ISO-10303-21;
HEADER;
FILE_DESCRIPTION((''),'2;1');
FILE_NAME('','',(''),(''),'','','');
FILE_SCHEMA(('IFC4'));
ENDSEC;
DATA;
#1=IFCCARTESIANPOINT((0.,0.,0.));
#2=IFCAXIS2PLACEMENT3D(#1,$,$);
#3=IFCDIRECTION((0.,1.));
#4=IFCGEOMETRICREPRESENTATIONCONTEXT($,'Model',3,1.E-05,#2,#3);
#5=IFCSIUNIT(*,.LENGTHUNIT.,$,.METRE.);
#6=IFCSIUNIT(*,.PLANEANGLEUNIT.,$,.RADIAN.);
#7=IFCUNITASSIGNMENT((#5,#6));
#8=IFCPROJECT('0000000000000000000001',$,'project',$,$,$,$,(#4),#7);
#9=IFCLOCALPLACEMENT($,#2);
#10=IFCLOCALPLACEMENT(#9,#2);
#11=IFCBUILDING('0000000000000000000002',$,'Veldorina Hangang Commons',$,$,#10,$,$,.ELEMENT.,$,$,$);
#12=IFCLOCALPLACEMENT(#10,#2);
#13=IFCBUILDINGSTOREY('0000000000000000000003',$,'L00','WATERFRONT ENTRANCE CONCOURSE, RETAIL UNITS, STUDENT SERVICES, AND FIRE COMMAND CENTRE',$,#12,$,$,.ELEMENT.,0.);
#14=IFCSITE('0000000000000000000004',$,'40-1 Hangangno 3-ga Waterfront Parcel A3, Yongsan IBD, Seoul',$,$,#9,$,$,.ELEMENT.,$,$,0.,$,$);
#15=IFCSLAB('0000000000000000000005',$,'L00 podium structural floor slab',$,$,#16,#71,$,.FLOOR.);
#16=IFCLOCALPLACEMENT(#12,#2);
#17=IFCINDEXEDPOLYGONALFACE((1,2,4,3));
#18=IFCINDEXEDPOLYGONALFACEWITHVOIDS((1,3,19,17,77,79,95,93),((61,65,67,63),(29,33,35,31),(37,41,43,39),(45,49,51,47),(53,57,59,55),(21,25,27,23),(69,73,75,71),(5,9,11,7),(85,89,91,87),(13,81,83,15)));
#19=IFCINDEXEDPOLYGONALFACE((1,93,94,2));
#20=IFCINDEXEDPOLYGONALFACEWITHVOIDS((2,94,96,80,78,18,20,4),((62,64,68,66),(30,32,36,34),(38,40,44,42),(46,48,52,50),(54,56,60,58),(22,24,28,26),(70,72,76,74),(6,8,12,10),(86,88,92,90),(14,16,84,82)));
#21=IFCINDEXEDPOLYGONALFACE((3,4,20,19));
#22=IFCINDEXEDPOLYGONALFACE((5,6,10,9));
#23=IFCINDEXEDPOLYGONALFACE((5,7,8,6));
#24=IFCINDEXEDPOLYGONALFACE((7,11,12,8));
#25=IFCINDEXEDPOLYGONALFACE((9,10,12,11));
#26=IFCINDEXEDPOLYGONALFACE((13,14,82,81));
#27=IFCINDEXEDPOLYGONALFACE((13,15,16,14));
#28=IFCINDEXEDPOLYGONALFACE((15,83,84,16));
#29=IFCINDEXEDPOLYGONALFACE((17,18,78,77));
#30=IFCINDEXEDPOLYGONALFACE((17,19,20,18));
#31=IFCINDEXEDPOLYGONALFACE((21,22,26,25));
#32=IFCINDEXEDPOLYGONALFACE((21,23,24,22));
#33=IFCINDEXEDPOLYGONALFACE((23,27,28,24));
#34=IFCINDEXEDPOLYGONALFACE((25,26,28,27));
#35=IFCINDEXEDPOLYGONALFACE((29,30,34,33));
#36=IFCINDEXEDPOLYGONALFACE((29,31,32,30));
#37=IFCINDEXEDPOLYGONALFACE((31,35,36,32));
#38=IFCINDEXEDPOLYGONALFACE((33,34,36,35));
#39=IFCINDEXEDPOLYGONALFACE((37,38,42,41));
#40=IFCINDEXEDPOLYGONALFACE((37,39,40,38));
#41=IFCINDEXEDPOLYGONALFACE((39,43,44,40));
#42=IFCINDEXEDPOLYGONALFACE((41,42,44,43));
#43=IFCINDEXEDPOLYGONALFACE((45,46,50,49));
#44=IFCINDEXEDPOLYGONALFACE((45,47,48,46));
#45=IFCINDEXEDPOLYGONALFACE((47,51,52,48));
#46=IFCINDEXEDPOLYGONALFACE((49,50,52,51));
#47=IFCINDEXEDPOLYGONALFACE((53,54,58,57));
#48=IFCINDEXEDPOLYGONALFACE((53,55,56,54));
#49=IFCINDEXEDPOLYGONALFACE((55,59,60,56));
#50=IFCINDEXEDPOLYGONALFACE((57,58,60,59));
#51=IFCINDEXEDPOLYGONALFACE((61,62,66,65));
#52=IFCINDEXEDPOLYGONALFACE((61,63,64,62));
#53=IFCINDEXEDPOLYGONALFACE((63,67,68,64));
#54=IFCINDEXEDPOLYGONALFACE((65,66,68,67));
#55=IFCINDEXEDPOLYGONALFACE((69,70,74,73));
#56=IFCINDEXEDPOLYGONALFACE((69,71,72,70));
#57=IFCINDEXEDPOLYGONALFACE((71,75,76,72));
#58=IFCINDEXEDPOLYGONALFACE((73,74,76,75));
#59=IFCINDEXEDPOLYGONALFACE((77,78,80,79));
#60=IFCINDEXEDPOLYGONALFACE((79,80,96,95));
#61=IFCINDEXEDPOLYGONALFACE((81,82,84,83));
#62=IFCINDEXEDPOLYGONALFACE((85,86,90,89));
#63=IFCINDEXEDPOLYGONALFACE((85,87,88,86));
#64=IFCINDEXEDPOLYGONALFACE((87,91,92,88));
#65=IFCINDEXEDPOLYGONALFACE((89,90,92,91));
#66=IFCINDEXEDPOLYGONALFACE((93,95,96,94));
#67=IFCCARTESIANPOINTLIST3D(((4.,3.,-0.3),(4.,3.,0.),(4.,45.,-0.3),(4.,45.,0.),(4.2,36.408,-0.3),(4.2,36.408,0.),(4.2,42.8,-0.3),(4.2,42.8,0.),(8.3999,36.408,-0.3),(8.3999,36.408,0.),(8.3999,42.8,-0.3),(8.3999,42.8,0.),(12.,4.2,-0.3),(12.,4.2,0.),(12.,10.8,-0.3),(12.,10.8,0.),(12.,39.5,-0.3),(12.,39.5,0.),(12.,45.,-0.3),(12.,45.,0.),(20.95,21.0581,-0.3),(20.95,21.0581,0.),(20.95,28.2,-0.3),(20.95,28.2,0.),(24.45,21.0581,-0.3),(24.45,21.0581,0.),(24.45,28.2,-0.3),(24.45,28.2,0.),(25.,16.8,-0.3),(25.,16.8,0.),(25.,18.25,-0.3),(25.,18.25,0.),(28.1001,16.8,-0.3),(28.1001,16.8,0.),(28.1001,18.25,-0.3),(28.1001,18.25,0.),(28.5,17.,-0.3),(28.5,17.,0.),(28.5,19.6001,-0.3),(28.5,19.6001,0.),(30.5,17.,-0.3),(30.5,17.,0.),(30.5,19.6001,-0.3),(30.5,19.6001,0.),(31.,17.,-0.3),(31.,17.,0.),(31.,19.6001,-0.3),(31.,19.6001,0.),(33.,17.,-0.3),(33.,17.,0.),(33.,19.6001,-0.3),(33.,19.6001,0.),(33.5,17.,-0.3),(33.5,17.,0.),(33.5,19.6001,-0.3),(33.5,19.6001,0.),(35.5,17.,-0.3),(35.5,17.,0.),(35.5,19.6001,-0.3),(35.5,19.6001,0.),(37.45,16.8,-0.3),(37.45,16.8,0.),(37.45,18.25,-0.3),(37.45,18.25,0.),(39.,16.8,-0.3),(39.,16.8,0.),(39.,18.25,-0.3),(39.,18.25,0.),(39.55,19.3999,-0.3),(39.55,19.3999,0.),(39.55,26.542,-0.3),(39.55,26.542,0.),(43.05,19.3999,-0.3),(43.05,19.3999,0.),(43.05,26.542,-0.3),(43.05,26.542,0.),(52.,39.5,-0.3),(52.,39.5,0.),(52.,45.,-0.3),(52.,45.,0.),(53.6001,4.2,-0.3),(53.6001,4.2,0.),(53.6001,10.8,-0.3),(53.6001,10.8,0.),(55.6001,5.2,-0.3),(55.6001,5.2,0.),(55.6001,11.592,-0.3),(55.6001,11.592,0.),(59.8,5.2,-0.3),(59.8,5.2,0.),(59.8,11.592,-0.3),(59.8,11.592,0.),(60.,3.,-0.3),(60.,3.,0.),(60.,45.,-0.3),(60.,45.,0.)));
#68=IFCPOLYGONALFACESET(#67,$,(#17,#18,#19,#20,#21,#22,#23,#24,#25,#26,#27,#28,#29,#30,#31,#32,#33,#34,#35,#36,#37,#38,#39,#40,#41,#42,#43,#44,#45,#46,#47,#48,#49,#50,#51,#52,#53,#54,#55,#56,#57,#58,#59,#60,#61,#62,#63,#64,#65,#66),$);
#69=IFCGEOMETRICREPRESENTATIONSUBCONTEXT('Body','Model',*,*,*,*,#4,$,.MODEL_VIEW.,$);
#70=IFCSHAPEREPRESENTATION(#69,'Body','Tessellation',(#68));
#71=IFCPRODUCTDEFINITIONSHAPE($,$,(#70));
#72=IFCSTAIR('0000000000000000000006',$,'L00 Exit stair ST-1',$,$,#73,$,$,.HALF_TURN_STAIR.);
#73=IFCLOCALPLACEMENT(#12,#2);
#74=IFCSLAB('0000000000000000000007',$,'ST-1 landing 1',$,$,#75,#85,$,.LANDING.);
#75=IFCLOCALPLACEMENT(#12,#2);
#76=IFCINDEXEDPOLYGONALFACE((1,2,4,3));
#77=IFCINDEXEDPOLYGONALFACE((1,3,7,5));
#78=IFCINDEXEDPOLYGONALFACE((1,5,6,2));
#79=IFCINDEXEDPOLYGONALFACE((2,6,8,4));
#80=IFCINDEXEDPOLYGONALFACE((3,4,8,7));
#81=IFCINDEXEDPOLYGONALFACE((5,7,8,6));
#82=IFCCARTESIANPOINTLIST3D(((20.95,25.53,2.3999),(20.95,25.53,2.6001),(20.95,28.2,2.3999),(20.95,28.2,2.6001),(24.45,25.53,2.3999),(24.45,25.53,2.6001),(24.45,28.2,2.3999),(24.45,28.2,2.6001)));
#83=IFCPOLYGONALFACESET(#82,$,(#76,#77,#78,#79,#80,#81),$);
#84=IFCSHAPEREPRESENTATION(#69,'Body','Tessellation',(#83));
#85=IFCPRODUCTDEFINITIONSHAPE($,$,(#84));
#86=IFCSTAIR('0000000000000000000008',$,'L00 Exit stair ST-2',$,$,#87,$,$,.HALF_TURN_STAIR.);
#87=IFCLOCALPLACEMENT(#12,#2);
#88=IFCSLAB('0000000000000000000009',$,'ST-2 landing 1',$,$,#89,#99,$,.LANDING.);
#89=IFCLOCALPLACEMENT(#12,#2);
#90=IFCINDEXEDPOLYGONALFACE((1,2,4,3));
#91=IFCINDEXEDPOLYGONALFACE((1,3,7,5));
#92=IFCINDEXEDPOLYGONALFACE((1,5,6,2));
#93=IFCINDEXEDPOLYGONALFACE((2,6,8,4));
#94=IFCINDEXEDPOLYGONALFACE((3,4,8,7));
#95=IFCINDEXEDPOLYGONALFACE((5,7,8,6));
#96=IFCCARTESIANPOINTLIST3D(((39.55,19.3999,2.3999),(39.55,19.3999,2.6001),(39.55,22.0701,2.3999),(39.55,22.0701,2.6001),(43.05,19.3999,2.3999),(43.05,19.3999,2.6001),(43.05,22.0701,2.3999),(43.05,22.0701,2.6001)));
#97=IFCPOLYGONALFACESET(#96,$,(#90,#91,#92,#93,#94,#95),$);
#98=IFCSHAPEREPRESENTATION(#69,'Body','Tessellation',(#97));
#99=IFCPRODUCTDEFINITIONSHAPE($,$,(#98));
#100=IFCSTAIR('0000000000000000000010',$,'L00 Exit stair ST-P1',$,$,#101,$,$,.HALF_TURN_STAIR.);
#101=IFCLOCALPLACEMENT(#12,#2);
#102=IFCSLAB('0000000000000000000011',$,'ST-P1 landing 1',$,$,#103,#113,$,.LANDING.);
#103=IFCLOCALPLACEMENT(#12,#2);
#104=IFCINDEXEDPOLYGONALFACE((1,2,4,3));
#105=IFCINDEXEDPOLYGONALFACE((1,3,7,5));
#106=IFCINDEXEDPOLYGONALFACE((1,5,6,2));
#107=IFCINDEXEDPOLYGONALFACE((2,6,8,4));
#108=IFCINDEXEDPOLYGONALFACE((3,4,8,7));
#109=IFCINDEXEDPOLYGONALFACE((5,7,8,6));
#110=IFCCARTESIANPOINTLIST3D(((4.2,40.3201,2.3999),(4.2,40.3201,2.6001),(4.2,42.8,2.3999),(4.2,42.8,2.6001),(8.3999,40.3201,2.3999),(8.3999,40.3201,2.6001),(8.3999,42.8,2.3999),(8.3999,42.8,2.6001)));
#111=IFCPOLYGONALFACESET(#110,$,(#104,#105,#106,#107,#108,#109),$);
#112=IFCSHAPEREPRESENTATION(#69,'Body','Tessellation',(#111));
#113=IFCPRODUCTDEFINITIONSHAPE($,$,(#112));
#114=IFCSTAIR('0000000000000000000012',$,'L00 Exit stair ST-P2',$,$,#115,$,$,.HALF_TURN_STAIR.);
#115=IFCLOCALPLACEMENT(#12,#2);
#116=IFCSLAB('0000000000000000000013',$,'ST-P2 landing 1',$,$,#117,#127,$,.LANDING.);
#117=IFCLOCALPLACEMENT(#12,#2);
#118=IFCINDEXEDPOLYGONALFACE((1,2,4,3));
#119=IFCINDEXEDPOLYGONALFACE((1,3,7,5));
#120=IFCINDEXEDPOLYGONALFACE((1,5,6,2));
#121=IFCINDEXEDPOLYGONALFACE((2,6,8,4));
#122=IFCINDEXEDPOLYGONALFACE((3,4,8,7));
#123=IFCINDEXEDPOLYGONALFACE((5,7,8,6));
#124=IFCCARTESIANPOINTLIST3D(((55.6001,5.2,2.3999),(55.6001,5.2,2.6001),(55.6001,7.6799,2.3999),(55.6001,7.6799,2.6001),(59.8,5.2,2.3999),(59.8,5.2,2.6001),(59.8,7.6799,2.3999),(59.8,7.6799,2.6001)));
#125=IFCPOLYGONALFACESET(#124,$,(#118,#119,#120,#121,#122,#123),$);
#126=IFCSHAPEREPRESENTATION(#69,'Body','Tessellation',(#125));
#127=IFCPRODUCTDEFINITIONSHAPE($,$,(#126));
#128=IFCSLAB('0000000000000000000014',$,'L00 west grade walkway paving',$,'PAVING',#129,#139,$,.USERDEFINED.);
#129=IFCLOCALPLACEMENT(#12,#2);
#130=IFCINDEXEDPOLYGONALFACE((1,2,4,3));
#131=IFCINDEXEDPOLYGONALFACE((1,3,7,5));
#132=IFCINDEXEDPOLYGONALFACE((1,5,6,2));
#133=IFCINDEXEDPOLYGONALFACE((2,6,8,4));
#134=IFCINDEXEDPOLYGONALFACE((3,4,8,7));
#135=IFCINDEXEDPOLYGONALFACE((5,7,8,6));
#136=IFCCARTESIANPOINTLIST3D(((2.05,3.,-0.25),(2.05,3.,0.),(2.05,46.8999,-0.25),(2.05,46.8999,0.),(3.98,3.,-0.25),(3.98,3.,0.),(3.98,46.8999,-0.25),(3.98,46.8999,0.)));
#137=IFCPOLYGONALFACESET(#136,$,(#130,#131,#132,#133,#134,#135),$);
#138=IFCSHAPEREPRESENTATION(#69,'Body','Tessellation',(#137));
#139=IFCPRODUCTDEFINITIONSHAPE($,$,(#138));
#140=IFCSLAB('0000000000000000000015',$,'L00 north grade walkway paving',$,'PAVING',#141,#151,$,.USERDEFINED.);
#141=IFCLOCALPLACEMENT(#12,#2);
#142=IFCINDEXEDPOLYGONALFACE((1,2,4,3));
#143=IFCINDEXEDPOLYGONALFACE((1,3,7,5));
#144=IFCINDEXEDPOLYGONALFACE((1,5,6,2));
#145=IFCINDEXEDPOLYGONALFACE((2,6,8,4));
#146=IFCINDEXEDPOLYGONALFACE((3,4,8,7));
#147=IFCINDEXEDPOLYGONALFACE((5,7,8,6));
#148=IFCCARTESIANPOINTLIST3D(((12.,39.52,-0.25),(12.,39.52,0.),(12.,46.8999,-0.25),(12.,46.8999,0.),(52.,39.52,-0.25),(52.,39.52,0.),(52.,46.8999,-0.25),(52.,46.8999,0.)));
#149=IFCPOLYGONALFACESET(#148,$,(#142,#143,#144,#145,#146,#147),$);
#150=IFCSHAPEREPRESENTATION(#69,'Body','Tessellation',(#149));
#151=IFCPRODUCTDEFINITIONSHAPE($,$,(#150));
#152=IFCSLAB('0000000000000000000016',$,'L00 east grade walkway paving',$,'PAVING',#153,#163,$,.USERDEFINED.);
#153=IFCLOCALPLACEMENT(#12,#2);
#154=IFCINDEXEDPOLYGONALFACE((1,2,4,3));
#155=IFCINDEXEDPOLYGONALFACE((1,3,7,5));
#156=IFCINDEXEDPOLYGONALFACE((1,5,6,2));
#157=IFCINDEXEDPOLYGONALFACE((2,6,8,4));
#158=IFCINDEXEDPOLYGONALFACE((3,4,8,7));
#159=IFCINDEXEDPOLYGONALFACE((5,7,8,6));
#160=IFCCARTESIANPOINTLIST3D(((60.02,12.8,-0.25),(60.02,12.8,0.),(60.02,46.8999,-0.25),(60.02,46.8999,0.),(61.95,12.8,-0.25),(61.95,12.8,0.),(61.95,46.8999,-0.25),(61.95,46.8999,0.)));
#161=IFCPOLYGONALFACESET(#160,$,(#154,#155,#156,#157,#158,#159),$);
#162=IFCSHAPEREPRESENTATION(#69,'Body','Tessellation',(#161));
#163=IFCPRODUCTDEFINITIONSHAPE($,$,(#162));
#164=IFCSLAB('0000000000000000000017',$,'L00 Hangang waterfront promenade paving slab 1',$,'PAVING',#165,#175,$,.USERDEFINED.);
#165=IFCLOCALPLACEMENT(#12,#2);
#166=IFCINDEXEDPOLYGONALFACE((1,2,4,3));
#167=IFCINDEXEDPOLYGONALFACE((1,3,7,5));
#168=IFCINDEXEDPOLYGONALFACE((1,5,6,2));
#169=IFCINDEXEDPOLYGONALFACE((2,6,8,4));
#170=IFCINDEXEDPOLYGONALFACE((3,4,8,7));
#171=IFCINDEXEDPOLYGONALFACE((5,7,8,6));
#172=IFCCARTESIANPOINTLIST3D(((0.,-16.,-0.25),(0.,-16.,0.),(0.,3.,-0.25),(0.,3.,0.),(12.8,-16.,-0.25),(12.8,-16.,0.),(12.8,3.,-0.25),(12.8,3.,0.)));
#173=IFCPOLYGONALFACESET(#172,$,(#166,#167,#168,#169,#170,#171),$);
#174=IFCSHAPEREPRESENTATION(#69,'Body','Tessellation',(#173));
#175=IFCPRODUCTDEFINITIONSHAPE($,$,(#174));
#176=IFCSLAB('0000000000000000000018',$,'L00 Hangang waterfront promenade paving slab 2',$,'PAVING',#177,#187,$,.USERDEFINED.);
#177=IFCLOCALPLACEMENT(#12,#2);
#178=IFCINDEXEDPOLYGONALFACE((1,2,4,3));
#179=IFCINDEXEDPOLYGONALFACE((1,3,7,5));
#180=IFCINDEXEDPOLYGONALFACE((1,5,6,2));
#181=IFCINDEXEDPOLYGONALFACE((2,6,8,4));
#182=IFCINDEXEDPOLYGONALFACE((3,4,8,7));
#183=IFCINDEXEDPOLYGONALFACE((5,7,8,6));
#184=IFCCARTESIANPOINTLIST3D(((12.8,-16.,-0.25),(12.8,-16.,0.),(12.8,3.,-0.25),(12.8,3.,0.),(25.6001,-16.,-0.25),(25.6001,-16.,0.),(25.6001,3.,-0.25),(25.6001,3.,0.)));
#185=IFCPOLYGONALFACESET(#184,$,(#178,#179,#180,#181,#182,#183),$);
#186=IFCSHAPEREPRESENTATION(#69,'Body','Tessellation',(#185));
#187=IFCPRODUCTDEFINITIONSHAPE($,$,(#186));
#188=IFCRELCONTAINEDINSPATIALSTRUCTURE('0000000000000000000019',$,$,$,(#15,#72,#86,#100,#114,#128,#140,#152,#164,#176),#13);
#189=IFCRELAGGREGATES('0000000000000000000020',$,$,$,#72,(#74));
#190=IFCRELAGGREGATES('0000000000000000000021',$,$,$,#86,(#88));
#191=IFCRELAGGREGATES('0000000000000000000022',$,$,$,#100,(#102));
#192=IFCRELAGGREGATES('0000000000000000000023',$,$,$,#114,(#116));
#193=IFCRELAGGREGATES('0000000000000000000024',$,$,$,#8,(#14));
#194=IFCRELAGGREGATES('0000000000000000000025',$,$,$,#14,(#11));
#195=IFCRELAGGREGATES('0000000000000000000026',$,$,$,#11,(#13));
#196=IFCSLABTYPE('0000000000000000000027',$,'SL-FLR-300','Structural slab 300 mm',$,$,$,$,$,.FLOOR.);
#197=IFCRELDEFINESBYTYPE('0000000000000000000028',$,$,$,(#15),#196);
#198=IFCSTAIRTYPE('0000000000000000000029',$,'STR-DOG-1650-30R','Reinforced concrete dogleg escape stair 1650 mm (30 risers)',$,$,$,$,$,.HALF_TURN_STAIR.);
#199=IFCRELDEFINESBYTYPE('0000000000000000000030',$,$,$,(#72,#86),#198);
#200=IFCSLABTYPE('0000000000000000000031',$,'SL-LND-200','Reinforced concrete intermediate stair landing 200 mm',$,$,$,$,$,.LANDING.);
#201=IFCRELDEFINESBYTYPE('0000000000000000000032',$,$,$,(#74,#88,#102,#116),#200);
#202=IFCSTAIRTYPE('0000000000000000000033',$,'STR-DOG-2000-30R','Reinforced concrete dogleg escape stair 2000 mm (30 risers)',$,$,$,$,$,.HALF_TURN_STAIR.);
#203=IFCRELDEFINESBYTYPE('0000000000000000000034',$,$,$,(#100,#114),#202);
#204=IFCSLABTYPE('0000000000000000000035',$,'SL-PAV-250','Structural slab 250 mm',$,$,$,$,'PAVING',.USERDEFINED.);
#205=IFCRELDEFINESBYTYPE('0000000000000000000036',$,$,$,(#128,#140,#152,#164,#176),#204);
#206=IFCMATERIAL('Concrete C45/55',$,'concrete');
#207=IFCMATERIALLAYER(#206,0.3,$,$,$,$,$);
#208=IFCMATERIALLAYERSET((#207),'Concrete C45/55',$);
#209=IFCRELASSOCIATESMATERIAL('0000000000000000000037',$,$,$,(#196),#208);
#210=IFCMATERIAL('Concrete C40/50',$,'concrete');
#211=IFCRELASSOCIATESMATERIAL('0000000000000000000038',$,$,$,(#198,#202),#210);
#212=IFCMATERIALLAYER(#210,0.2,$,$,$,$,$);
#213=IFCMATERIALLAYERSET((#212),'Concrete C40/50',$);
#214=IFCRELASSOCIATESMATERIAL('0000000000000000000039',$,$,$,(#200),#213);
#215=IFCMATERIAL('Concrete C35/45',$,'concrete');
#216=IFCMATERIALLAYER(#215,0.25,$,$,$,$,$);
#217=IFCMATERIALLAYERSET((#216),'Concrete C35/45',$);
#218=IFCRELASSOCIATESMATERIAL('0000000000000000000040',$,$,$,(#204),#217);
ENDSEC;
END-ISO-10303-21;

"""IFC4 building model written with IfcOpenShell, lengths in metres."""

from ifc_helpers import new_model, si_unit, direction, frame, origin, place, context, subcontext, project, spatial, polyline, outline, extrude, material, layer, layer_set, type_object, element, aggregate, save


model = new_model("IFC4")

# Units and contexts
model_context = context("Model", 3, precision=1e-05, world=origin(), true_north=direction((0.0, 1.0)))
body_context = subcontext(model_context, "Body", "Model", "MODEL_VIEW")
ifc_project = project(units=[si_unit("LENGTHUNIT", "METRE"), si_unit("PLANEANGLEUNIT", "RADIAN")], contexts=[model_context])

# Site, building, storey
site_placement = place(None, origin())
site = spatial("IfcSite", under=ifc_project, at=site_placement, Name="40-1 Hangangno 3-ga Waterfront Parcel A3, Yongsan IBD, Seoul", CompositionType="ELEMENT", RefElevation=0.0)
building_placement = place(site_placement, origin())
building = spatial("IfcBuilding", under=site, at=building_placement, Name="Veldorina Hangang Commons", CompositionType="ELEMENT")
storey_placement = place(building_placement, origin())
storey = spatial("IfcBuildingStorey", under=building, at=storey_placement, Name="L00", Description="WATERFRONT ENTRANCE CONCOURSE, RETAIL UNITS, STUDENT SERVICES, AND FIRE COMMAND CENTRE", CompositionType="ELEMENT", Elevation=0.0)

# Slab
ifc_material_1 = material(Name="Concrete C45/55", Category="concrete")
ifc_layer_1 = layer(ifc_material_1, 0.3)
ifc_layer_set_1 = layer_set([ifc_layer_1], Name="Concrete C45/55")
slab_type_1 = type_object("IfcSlabType", Name="SL-FLR-300", Description="Structural slab 300 mm", PredefinedType="FLOOR", material=ifc_layer_set_1)
slab_1_placement = place(storey_placement, frame((0.0, 0.0, -0.3)))
element("IfcSlab", 1, at=slab_1_placement, inside=storey, type_object=slab_type_1, Name="L00 podium structural floor slab", PredefinedType="FLOOR", context=body_context, shape_type="SweptSolid", body=[
    extrude(outline(polyline([(4.0, 3.0), (60.0, 3.0), (60.0, 45.0), (52.0, 45.0), (52.0, 39.5), (12.0, 39.5), (12.0, 45.0), (4.0, 45.0), (4.0, 3.0)]), holes=[polyline([(20.95, 21.0581), (20.95, 28.2), (24.45, 28.2), (24.45, 21.0581), (20.95, 21.0581)]), polyline([(43.05, 26.542), (43.05, 19.3999), (39.55, 19.3999), (39.55, 26.542), (43.05, 26.542)]), polyline([(4.2, 36.408), (4.2, 42.8), (8.3999, 42.8), (8.3999, 36.408), (4.2, 36.408)]), polyline([(59.8, 11.592), (59.8, 5.2), (55.6001, 5.2), (55.6001, 11.592), (59.8, 11.592)]), polyline([(28.5, 19.6001), (30.5, 19.6001), (30.5, 17.0), (28.5, 17.0), (28.5, 19.6001)]), polyline([(31.0, 19.6001), (33.0, 19.6001), (33.0, 17.0), (31.0, 17.0), (31.0, 19.6001)]), polyline([(33.5, 19.6001), (35.5, 19.6001), (35.5, 17.0), (33.5, 17.0), (33.5, 19.6001)]), polyline([(25.0, 18.25), (28.1001, 18.25), (28.1001, 16.8), (25.0, 16.8), (25.0, 18.25)]), polyline([(37.45, 18.25), (39.0, 18.25), (39.0, 16.8), (37.45, 16.8), (37.45, 18.25)]), polyline([(12.0, 10.8), (53.6001, 10.8), (53.6001, 4.2), (12.0, 4.2), (12.0, 10.8)])]), origin(), (0.0, 0.0, 1.0), 0.3),
])

# Stairs, slabs
ifc_material_2 = material(Name="Concrete C40/50", Category="concrete")
stair_type_1 = type_object("IfcStairType", Name="STR-DOG-1650-30R", Description="Reinforced concrete dogleg escape stair 1650 mm (30 risers)", PredefinedType="HALF_TURN_STAIR", material=ifc_material_2)
stair_1_placement = place(storey_placement, origin())
stair_1 = element("IfcStair", 2, at=stair_1_placement, inside=storey, type_object=stair_type_1, Name="L00 Exit stair ST-1", PredefinedType="HALF_TURN_STAIR")
ifc_layer_2 = layer(ifc_material_2, 0.2)
ifc_layer_set_2 = layer_set([ifc_layer_2], Name="Concrete C40/50")
slab_type_2 = type_object("IfcSlabType", Name="SL-LND-200", Description="Reinforced concrete intermediate stair landing 200 mm", PredefinedType="LANDING", material=ifc_layer_set_2)
slab_2_placement = place(storey_placement, frame((0.0, 0.0, 2.3999)))
slab_2 = element("IfcSlab", 3, at=slab_2_placement, type_object=slab_type_2, Name="ST-1 landing 1", PredefinedType="LANDING", context=body_context, shape_type="SweptSolid", body=[
    extrude(outline(polyline([(24.45, 25.53), (24.45, 28.2), (20.95, 28.2), (20.95, 25.53), (24.45, 25.53)])), origin(), (0.0, 0.0, 1.0), 0.2002),
])
aggregate(stair_1, [slab_2])
stair_2_placement = place(storey_placement, origin())
stair_2 = element("IfcStair", 4, at=stair_2_placement, inside=storey, type_object=stair_type_1, Name="L00 Exit stair ST-2", PredefinedType="HALF_TURN_STAIR")
slab_3_placement = place(storey_placement, frame((0.0, 0.0, 2.3999)))
slab_3 = element("IfcSlab", 5, at=slab_3_placement, type_object=slab_type_2, Name="ST-2 landing 1", PredefinedType="LANDING", context=body_context, shape_type="SweptSolid", body=[
    extrude(outline(polyline([(39.55, 22.0701), (39.55, 19.3999), (43.05, 19.3999), (43.05, 22.0701), (39.55, 22.0701)])), origin(), (0.0, 0.0, 1.0), 0.2002),
])
aggregate(stair_2, [slab_3])
stair_type_2 = type_object("IfcStairType", Name="STR-DOG-2000-30R", Description="Reinforced concrete dogleg escape stair 2000 mm (30 risers)", PredefinedType="HALF_TURN_STAIR", material=ifc_material_2)
stair_3_placement = place(storey_placement, origin())
stair_3 = element("IfcStair", 6, at=stair_3_placement, inside=storey, type_object=stair_type_2, Name="L00 Exit stair ST-P1", PredefinedType="HALF_TURN_STAIR")
slab_4_placement = place(storey_placement, frame((0.0, 0.0, 2.3999)))
slab_4 = element("IfcSlab", 7, at=slab_4_placement, type_object=slab_type_2, Name="ST-P1 landing 1", PredefinedType="LANDING", context=body_context, shape_type="SweptSolid", body=[
    extrude(outline(polyline([(8.3999, 40.3201), (8.3999, 42.8), (4.2, 42.8), (4.2, 40.3201), (8.3999, 40.3201)])), origin(), (0.0, 0.0, 1.0), 0.2002),
])
aggregate(stair_3, [slab_4])
stair_4_placement = place(storey_placement, origin())
stair_4 = element("IfcStair", 8, at=stair_4_placement, inside=storey, type_object=stair_type_2, Name="L00 Exit stair ST-P2", PredefinedType="HALF_TURN_STAIR")
slab_5_placement = place(storey_placement, frame((0.0, 0.0, 2.3999)))
slab_5 = element("IfcSlab", 9, at=slab_5_placement, type_object=slab_type_2, Name="ST-P2 landing 1", PredefinedType="LANDING", context=body_context, shape_type="SweptSolid", body=[
    extrude(outline(polyline([(55.6001, 7.6799), (55.6001, 5.2), (59.8, 5.2), (59.8, 7.6799), (55.6001, 7.6799)])), origin(), (0.0, 0.0, 1.0), 0.2002),
])
aggregate(stair_4, [slab_5])

# Slabs
ifc_material_3 = material(Name="Concrete C35/45", Category="concrete")
ifc_layer_3 = layer(ifc_material_3, 0.25)
ifc_layer_set_3 = layer_set([ifc_layer_3], Name="Concrete C35/45")
slab_type_3 = type_object("IfcSlabType", Name="SL-PAV-250", Description="Structural slab 250 mm", ElementType="PAVING", PredefinedType="USERDEFINED", material=ifc_layer_set_3)
slab_6_placement = place(storey_placement, frame((0.0, 0.0, -0.25)))
element("IfcSlab", 10, at=slab_6_placement, inside=storey, type_object=slab_type_3, Name="L00 west grade walkway paving", ObjectType="PAVING", PredefinedType="USERDEFINED", context=body_context, shape_type="SweptSolid", body=[
    extrude(outline(polyline([(2.05, 3.0), (3.98, 3.0), (3.98, 46.8999), (2.05, 46.8999), (2.05, 3.0)])), origin(), (0.0, 0.0, 1.0), 0.25),
])
slab_7_placement = place(storey_placement, frame((0.0, 0.0, -0.25)))
element("IfcSlab", 11, at=slab_7_placement, inside=storey, type_object=slab_type_3, Name="L00 north grade walkway paving", ObjectType="PAVING", PredefinedType="USERDEFINED", context=body_context, shape_type="SweptSolid", body=[
    extrude(outline(polyline([(12.0, 39.52), (52.0, 39.52), (52.0, 46.8999), (12.0, 46.8999), (12.0, 39.52)])), origin(), (0.0, 0.0, 1.0), 0.25),
])
slab_8_placement = place(storey_placement, frame((0.0, 0.0, -0.25)))
element("IfcSlab", 12, at=slab_8_placement, inside=storey, type_object=slab_type_3, Name="L00 east grade walkway paving", ObjectType="PAVING", PredefinedType="USERDEFINED", context=body_context, shape_type="SweptSolid", body=[
    extrude(outline(polyline([(60.02, 12.8), (61.95, 12.8), (61.95, 46.8999), (60.02, 46.8999), (60.02, 12.8)])), origin(), (0.0, 0.0, 1.0), 0.25),
])
slab_9_placement = place(storey_placement, frame((0.0, 0.0, -0.25)))
element("IfcSlab", 13, at=slab_9_placement, inside=storey, type_object=slab_type_3, Name="L00 Hangang waterfront promenade paving slab 1", ObjectType="PAVING", PredefinedType="USERDEFINED", context=body_context, shape_type="SweptSolid", body=[
    extrude(outline(polyline([(0.0, -16.0), (12.8, -16.0), (12.8, 3.0), (0.0, 3.0), (0.0, -16.0)])), origin(), (0.0, 0.0, 1.0), 0.25),
])
slab_10_placement = place(storey_placement, frame((0.0, 0.0, -0.25)))
element("IfcSlab", 14, at=slab_10_placement, inside=storey, type_object=slab_type_3, Name="L00 Hangang waterfront promenade paving slab 2", ObjectType="PAVING", PredefinedType="USERDEFINED", context=body_context, shape_type="SweptSolid", body=[
    extrude(outline(polyline([(12.8, -16.0), (25.6001, -16.0), (25.6001, 3.0), (12.8, 3.0), (12.8, -16.0)])), origin(), (0.0, 0.0, 1.0), 0.25),
])

save(model, "model.ifc")
